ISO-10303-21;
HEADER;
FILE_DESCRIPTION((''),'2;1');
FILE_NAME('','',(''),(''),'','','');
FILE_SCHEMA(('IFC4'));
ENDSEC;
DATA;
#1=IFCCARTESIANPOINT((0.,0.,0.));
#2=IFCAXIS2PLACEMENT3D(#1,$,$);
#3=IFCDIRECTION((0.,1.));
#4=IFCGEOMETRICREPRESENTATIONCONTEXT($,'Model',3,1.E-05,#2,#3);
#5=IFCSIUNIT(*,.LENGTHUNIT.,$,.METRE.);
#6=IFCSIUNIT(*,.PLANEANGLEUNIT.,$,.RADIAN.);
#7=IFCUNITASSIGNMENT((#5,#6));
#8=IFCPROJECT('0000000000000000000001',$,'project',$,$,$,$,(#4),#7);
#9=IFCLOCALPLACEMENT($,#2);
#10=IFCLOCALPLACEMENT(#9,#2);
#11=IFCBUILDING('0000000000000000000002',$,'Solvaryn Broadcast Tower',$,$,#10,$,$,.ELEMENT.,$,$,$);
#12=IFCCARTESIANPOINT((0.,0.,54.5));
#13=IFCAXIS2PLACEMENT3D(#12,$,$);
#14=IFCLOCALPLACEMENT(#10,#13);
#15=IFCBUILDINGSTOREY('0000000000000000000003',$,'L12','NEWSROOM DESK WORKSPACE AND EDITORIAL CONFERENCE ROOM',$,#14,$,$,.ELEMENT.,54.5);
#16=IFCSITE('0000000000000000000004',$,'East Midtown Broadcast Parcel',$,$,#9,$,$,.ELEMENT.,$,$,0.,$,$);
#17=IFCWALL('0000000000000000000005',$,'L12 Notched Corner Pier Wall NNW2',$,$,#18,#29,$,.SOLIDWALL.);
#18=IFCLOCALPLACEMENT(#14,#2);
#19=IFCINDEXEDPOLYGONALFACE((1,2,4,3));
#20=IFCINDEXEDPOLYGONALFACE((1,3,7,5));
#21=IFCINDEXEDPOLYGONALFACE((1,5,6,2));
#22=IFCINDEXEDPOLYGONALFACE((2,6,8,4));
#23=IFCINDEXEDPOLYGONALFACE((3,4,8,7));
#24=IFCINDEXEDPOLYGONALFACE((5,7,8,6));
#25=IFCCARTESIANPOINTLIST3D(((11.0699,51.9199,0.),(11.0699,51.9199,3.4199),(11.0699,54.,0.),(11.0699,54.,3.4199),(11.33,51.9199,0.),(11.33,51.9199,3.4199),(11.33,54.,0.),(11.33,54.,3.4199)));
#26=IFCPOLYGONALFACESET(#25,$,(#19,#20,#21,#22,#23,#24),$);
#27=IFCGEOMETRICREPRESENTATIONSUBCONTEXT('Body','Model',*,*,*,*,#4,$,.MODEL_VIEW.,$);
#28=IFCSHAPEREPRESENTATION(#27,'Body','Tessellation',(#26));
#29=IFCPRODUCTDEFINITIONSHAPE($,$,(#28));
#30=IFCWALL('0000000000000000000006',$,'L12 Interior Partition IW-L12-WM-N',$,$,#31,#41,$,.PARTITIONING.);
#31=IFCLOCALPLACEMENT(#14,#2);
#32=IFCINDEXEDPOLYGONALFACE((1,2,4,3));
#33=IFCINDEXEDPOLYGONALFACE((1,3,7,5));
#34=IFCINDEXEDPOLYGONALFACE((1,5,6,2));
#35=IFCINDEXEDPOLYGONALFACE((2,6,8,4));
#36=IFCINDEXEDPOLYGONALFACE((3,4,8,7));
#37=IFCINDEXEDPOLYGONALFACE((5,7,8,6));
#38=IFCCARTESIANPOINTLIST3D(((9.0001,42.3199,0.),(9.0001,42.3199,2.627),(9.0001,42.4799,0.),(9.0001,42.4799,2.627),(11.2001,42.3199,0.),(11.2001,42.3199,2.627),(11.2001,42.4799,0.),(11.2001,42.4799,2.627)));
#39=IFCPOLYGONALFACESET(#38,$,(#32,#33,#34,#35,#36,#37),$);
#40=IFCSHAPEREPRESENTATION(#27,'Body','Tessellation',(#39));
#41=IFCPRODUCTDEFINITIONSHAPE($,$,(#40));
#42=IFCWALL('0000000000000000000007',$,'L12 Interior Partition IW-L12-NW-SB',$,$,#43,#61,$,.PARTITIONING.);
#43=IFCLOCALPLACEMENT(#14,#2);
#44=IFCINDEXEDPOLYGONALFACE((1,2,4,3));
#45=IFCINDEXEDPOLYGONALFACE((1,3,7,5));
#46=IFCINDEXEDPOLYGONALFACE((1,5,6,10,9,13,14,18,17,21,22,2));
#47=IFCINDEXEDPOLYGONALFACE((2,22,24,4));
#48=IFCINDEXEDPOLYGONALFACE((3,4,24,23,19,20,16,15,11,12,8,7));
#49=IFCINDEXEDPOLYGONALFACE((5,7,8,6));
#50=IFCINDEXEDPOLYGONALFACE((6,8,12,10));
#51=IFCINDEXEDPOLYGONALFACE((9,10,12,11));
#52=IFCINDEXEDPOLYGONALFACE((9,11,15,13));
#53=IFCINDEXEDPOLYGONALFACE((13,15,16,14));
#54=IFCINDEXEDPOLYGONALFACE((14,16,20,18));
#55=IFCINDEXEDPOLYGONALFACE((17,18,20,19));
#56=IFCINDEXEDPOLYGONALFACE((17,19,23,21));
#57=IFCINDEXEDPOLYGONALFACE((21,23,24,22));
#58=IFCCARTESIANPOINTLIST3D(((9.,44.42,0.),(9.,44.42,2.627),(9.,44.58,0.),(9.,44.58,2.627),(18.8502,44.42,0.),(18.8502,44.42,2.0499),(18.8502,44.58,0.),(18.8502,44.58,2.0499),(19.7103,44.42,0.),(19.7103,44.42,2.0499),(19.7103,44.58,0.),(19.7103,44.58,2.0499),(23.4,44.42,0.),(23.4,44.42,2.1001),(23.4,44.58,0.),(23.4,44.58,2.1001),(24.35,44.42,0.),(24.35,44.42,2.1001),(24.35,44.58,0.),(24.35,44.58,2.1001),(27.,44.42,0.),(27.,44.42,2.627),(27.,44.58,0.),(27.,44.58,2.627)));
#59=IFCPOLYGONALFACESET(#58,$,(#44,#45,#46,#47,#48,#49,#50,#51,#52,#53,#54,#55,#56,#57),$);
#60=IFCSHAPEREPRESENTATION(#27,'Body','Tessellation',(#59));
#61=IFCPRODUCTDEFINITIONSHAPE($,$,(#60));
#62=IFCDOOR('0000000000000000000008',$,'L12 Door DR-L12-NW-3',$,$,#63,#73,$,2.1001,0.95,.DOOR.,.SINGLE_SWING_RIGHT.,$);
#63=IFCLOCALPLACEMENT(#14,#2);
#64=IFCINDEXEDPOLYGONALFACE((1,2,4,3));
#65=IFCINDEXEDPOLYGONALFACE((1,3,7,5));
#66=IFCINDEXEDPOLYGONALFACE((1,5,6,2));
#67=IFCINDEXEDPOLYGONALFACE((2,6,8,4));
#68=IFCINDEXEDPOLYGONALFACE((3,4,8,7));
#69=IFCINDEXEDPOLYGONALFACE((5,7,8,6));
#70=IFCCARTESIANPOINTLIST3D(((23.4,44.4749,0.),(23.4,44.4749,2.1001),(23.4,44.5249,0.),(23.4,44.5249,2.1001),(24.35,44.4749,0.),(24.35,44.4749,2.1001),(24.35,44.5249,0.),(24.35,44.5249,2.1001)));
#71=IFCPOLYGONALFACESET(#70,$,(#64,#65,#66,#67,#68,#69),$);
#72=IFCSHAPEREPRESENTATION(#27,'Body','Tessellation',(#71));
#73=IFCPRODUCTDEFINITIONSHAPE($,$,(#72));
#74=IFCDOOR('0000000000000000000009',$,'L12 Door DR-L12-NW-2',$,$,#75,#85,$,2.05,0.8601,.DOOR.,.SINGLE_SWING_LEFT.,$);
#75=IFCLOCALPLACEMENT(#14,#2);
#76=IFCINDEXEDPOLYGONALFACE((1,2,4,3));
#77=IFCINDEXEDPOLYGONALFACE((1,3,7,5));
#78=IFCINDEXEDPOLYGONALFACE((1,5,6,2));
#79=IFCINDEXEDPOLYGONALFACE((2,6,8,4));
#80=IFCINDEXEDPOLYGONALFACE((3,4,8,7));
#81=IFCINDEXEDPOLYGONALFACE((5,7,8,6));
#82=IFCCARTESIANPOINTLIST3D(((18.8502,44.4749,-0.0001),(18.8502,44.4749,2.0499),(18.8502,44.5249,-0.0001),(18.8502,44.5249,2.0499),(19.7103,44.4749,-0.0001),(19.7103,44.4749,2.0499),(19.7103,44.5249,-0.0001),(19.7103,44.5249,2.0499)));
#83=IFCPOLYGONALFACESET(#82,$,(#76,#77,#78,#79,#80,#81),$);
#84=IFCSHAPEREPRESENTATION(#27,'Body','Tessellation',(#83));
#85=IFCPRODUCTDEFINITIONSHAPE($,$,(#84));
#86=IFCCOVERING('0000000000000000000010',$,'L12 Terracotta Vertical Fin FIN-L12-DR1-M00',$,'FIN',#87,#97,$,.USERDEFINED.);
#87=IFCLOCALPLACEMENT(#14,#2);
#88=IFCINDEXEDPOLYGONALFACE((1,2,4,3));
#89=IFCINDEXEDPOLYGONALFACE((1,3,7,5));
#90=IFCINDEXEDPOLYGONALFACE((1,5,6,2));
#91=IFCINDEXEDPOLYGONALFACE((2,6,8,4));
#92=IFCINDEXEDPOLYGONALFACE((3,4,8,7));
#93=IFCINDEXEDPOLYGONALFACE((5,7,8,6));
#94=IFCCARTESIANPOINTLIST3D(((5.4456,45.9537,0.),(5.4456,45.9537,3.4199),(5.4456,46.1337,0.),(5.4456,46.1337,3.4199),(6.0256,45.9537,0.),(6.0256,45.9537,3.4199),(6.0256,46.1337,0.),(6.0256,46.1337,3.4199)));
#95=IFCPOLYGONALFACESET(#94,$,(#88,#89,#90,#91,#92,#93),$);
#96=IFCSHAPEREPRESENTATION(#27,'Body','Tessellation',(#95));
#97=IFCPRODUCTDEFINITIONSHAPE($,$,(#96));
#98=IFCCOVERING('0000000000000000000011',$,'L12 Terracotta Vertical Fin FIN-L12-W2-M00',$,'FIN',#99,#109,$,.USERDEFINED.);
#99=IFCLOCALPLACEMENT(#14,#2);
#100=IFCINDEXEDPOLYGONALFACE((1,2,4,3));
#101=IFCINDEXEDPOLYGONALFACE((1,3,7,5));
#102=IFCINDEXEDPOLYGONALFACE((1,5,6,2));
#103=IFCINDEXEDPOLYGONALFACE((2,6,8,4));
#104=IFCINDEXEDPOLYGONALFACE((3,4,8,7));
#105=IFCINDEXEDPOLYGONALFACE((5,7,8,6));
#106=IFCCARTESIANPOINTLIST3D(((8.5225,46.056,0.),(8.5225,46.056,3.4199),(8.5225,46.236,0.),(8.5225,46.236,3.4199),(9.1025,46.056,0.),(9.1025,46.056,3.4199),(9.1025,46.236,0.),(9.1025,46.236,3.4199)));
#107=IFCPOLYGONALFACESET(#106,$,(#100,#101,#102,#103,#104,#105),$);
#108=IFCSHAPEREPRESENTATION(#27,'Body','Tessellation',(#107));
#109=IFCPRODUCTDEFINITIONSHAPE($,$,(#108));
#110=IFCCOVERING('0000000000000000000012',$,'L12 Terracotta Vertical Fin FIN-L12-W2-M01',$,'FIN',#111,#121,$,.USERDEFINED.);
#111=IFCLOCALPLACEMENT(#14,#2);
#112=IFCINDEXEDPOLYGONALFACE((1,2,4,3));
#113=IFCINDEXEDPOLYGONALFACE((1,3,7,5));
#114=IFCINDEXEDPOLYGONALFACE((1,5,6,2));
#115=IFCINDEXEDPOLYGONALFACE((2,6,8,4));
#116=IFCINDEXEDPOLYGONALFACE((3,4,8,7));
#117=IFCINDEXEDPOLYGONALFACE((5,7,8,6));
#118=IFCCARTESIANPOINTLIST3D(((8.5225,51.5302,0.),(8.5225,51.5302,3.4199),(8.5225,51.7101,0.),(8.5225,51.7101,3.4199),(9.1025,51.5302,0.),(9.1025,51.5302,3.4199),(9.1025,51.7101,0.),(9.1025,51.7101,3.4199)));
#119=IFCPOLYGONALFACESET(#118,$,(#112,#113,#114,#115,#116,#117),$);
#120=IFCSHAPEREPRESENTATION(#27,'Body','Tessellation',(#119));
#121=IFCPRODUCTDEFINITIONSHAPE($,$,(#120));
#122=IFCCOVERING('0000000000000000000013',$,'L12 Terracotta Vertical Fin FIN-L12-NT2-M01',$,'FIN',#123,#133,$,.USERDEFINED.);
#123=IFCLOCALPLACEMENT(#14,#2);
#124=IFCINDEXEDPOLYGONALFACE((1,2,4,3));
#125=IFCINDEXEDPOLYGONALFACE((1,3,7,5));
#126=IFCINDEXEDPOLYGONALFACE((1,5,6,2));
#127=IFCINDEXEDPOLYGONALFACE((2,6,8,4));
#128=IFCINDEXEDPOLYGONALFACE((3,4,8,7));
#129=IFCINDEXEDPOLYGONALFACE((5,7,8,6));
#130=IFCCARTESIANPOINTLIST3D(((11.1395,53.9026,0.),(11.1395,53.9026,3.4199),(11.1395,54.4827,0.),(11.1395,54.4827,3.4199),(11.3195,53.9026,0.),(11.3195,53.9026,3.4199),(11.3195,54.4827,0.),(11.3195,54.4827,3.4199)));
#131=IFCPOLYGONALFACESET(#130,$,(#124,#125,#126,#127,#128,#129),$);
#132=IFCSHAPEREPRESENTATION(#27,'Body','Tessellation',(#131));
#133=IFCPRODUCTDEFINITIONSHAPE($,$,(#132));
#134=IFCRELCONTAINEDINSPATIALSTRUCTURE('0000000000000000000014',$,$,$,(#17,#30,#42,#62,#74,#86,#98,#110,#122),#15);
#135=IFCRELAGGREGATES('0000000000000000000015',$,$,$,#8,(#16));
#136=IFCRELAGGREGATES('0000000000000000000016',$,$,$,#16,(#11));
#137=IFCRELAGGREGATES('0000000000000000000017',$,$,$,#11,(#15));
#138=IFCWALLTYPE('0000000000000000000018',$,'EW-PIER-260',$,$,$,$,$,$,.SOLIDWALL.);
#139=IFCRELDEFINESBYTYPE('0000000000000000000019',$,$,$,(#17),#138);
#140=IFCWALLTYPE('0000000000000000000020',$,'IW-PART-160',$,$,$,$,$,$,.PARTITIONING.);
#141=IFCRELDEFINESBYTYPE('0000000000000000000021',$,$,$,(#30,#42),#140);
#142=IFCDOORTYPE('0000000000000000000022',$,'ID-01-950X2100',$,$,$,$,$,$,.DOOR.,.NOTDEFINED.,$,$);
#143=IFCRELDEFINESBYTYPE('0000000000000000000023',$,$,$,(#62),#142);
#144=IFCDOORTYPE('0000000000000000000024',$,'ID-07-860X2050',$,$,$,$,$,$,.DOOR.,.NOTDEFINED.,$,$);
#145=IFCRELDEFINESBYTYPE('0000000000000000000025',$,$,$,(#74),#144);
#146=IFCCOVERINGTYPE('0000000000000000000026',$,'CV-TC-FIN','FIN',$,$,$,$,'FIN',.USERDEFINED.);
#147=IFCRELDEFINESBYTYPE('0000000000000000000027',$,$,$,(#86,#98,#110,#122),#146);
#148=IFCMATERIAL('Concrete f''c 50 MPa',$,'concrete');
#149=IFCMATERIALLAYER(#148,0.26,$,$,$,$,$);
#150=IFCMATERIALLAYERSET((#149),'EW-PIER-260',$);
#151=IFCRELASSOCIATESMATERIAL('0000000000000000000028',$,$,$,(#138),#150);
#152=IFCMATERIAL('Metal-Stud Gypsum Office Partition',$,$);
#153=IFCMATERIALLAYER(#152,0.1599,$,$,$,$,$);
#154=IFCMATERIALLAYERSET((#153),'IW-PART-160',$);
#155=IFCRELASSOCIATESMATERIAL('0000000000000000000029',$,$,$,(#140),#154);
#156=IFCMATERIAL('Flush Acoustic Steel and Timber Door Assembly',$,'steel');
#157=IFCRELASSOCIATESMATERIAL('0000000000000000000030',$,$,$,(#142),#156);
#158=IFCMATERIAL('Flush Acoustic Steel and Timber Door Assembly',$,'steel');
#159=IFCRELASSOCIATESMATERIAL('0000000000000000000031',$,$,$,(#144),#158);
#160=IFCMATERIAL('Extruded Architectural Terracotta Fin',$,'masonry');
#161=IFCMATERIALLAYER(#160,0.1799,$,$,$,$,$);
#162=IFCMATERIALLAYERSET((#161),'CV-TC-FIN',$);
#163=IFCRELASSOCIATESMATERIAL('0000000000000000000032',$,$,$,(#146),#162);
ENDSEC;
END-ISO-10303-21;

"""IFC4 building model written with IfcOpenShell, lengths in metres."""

from ifc_helpers import new_model, si_unit, direction, frame, frame_2d, origin, origin_2d, place, context, subcontext, project, spatial, rectangle, extrude, material, layer, layer_set, type_object, element, fill, save


model = new_model("IFC4")

# Units and contexts
model_context = context("Model", 3, precision=1e-05, world=origin(), true_north=direction((0.0, 1.0)))
body_context = subcontext(model_context, "Body", "Model", "MODEL_VIEW")
ifc_project = project(units=[si_unit("LENGTHUNIT", "METRE"), si_unit("PLANEANGLEUNIT", "RADIAN")], contexts=[model_context])

# Site, building, storey
site_placement = place(None, origin())
site = spatial("IfcSite", under=ifc_project, at=site_placement, Name="East Midtown Broadcast Parcel", CompositionType="ELEMENT", RefElevation=0.0)
building_placement = place(site_placement, origin())
building = spatial("IfcBuilding", under=site, at=building_placement, Name="Solvaryn Broadcast Tower", CompositionType="ELEMENT")
storey_placement = place(building_placement, frame((0.0, 0.0, 54.5)))
storey = spatial("IfcBuildingStorey", under=building, at=storey_placement, Name="L12", Description="NEWSROOM DESK WORKSPACE AND EDITORIAL CONFERENCE ROOM", CompositionType="ELEMENT", Elevation=54.5)

# Walls
ifc_material_1 = material(Name="Concrete f'c 50 MPa", Category="concrete")
ifc_layer_1 = layer(ifc_material_1, 0.26)
ifc_layer_set_1 = layer_set([ifc_layer_1], Name="EW-PIER-260")
wall_type_1 = type_object("IfcWallType", Name="EW-PIER-260", PredefinedType="SOLIDWALL", material=ifc_layer_set_1)
wall_1_placement = place(storey_placement, frame((11.2, 51.9199, 0.0), z_axis=(0.0, 0.0, 1.0), x_axis=(0.0, 1.0, 0.0)))
element("IfcWall", 1, at=wall_1_placement, inside=storey, type_object=wall_type_1, Name="L12 Notched Corner Pier Wall NNW2", PredefinedType="SOLIDWALL", context=body_context, shape_type="SweptSolid", body=[
    extrude(rectangle(XDim=2.0801, YDim=0.26, at=frame_2d((1.04, 0.0))), origin(), (0.0, 0.0, 1.0), 3.4199),
])
ifc_material_2 = material(Name="Metal-Stud Gypsum Office Partition")
ifc_layer_2 = layer(ifc_material_2, 0.1599)
ifc_layer_set_2 = layer_set([ifc_layer_2], Name="IW-PART-160")
wall_type_2 = type_object("IfcWallType", Name="IW-PART-160", PredefinedType="PARTITIONING", material=ifc_layer_set_2)
wall_2_placement = place(storey_placement, frame((9.0, 42.3999, 0.0), z_axis=(0.0, 0.0, 1.0), x_axis=(1.0, 0.0, 0.0)))
element("IfcWall", 2, at=wall_2_placement, inside=storey, type_object=wall_type_2, Name="L12 Interior Partition IW-L12-WM-N", PredefinedType="PARTITIONING", context=body_context, shape_type="SweptSolid", body=[
    extrude(rectangle(XDim=2.2, YDim=0.1599, at=frame_2d((1.1001, 0.0))), origin(), (0.0, 0.0, 1.0), 2.627),
])

# Wall, openings, doors
wall_3_placement = place(storey_placement, frame((9.0, 44.5, 0.0), z_axis=(0.0, 0.0, 1.0), x_axis=(1.0, 0.0, 0.0)))
wall_3 = element("IfcWall", 3, at=wall_3_placement, inside=storey, type_object=wall_type_2, Name="L12 Interior Partition IW-L12-NW-SB", PredefinedType="PARTITIONING", context=body_context, shape_type="SweptSolid", body=[
    extrude(rectangle(XDim=18.0, YDim=0.1599, at=frame_2d((9.0, 0.0))), origin(), (0.0, 0.0, 1.0), 2.627),
])
opening_1_placement = place(wall_3_placement, frame((9.8501, 0.0, 0.0)))
opening_1 = element("IfcOpeningElement", 4, at=opening_1_placement, cuts=wall_3, PredefinedType="OPENING", context=body_context, shape_type="SweptSolid", body=[
    extrude(rectangle(XDim=0.8601, YDim=2.05, at=frame_2d((0.4302, 1.0249))), frame((0.0, 0.0901, 0.0), z_axis=(0.0, -1.0, 0.0), x_axis=(1.0, 0.0, 0.0)), (0.0, 0.0, 1.0), 0.1799),
])
opening_2_placement = place(wall_3_placement, frame((14.3999, 0.0, 0.0)))
opening_2 = element("IfcOpeningElement", 5, at=opening_2_placement, cuts=wall_3, PredefinedType="OPENING", context=body_context, shape_type="SweptSolid", body=[
    extrude(rectangle(XDim=0.95, YDim=2.1001, at=frame_2d((0.4751, 1.05))), frame((0.0, 0.0901, 0.0), z_axis=(0.0, -1.0, 0.0), x_axis=(1.0, 0.0, 0.0)), (0.0, 0.0, 1.0), 0.1799),
])
ifc_material_3 = material(Name="Flush Acoustic Steel and Timber Door Assembly", Category="steel")
door_type_1 = type_object("IfcDoorType", Name="ID-01-950X2100", OperationType="NOTDEFINED", PredefinedType="DOOR", material=ifc_material_3)
door_1_placement = place(opening_2_placement, origin())
door_1 = element("IfcDoor", 6, at=door_1_placement, inside=storey, type_object=door_type_1, Name="L12 Door DR-L12-NW-3", OperationType="SINGLE_SWING_RIGHT", OverallHeight=2.1001, OverallWidth=0.95, PredefinedType="DOOR", context=body_context, shape_type="SweptSolid", body=[
    extrude(rectangle(XDim=0.95, YDim=2.1001, at=frame_2d((0.4751, 1.05))), frame((0.0, 0.0249, 0.0), z_axis=(0.0, -1.0, 0.0), x_axis=(1.0, 0.0, 0.0)), (0.0, 0.0, 1.0), 0.05),
])
fill(opening_2, door_1)
ifc_material_4 = material(Name="Flush Acoustic Steel and Timber Door Assembly", Category="steel")
door_type_2 = type_object("IfcDoorType", Name="ID-07-860X2050", OperationType="NOTDEFINED", PredefinedType="DOOR", material=ifc_material_4)
door_2_placement = place(opening_1_placement, origin())
door_2 = element("IfcDoor", 7, at=door_2_placement, inside=storey, type_object=door_type_2, Name="L12 Door DR-L12-NW-2", OperationType="SINGLE_SWING_LEFT", OverallHeight=2.05, OverallWidth=0.8601, PredefinedType="DOOR", context=body_context, shape_type="SweptSolid", body=[
    extrude(rectangle(XDim=0.8601, YDim=2.05, at=frame_2d((0.4302, 1.0249))), frame((0.0, 0.0249, 0.0), z_axis=(0.0, -1.0, 0.0), x_axis=(1.0, 0.0, 0.0)), (0.0, 0.0, 1.0), 0.05),
])
fill(opening_1, door_2)

# Coverings
ifc_material_5 = material(Name="Extruded Architectural Terracotta Fin", Category="masonry")
ifc_layer_3 = layer(ifc_material_5, 0.1799)
ifc_layer_set_3 = layer_set([ifc_layer_3], Name="CV-TC-FIN")
covering_type = type_object("IfcCoveringType", Name="CV-TC-FIN", Description="FIN", ElementType="FIN", PredefinedType="USERDEFINED", material=ifc_layer_set_3)
for number, where, z_axis, x_axis, name in (
    (8, (5.7356, 46.0437, 0.0), (0.0, 0.0, 1.0), (1.0, 0.0, 0.0), "L12 Terracotta Vertical Fin FIN-L12-DR1-M00"),
    (9, (8.8125, 46.146, 0.0), (0.0, 0.0, 1.0), (1.0, 0.0, 0.0), "L12 Terracotta Vertical Fin FIN-L12-W2-M00"),
    (10, (8.8125, 51.6201, 0.0), (0.0, 0.0, 1.0), (1.0, 0.0, 0.0), "L12 Terracotta Vertical Fin FIN-L12-W2-M01"),
):
    element("IfcCovering", number, at=place(storey_placement, frame(where, z_axis=z_axis, x_axis=x_axis)), inside=storey, type_object=covering_type, Name=name, ObjectType="FIN", PredefinedType="USERDEFINED", context=body_context, shape_type="SweptSolid", body=[
        extrude(rectangle(XDim=0.5801, YDim=0.1799, at=origin_2d()), origin(), (0.0, 0.0, 1.0), 3.4199),
    ])
covering_placement = place(storey_placement, frame((11.2295, 54.1926, 0.0), z_axis=(0.0, 0.0, 1.0), x_axis=(1.0, 0.0, 0.0)))
element("IfcCovering", 11, at=covering_placement, inside=storey, type_object=covering_type, Name="L12 Terracotta Vertical Fin FIN-L12-NT2-M01", ObjectType="FIN", PredefinedType="USERDEFINED", context=body_context, shape_type="SweptSolid", body=[
    extrude(rectangle(XDim=0.1799, YDim=0.5801, at=origin_2d()), origin(), (0.0, 0.0, 1.0), 3.4199),
])

save(model, "model.ifc")
